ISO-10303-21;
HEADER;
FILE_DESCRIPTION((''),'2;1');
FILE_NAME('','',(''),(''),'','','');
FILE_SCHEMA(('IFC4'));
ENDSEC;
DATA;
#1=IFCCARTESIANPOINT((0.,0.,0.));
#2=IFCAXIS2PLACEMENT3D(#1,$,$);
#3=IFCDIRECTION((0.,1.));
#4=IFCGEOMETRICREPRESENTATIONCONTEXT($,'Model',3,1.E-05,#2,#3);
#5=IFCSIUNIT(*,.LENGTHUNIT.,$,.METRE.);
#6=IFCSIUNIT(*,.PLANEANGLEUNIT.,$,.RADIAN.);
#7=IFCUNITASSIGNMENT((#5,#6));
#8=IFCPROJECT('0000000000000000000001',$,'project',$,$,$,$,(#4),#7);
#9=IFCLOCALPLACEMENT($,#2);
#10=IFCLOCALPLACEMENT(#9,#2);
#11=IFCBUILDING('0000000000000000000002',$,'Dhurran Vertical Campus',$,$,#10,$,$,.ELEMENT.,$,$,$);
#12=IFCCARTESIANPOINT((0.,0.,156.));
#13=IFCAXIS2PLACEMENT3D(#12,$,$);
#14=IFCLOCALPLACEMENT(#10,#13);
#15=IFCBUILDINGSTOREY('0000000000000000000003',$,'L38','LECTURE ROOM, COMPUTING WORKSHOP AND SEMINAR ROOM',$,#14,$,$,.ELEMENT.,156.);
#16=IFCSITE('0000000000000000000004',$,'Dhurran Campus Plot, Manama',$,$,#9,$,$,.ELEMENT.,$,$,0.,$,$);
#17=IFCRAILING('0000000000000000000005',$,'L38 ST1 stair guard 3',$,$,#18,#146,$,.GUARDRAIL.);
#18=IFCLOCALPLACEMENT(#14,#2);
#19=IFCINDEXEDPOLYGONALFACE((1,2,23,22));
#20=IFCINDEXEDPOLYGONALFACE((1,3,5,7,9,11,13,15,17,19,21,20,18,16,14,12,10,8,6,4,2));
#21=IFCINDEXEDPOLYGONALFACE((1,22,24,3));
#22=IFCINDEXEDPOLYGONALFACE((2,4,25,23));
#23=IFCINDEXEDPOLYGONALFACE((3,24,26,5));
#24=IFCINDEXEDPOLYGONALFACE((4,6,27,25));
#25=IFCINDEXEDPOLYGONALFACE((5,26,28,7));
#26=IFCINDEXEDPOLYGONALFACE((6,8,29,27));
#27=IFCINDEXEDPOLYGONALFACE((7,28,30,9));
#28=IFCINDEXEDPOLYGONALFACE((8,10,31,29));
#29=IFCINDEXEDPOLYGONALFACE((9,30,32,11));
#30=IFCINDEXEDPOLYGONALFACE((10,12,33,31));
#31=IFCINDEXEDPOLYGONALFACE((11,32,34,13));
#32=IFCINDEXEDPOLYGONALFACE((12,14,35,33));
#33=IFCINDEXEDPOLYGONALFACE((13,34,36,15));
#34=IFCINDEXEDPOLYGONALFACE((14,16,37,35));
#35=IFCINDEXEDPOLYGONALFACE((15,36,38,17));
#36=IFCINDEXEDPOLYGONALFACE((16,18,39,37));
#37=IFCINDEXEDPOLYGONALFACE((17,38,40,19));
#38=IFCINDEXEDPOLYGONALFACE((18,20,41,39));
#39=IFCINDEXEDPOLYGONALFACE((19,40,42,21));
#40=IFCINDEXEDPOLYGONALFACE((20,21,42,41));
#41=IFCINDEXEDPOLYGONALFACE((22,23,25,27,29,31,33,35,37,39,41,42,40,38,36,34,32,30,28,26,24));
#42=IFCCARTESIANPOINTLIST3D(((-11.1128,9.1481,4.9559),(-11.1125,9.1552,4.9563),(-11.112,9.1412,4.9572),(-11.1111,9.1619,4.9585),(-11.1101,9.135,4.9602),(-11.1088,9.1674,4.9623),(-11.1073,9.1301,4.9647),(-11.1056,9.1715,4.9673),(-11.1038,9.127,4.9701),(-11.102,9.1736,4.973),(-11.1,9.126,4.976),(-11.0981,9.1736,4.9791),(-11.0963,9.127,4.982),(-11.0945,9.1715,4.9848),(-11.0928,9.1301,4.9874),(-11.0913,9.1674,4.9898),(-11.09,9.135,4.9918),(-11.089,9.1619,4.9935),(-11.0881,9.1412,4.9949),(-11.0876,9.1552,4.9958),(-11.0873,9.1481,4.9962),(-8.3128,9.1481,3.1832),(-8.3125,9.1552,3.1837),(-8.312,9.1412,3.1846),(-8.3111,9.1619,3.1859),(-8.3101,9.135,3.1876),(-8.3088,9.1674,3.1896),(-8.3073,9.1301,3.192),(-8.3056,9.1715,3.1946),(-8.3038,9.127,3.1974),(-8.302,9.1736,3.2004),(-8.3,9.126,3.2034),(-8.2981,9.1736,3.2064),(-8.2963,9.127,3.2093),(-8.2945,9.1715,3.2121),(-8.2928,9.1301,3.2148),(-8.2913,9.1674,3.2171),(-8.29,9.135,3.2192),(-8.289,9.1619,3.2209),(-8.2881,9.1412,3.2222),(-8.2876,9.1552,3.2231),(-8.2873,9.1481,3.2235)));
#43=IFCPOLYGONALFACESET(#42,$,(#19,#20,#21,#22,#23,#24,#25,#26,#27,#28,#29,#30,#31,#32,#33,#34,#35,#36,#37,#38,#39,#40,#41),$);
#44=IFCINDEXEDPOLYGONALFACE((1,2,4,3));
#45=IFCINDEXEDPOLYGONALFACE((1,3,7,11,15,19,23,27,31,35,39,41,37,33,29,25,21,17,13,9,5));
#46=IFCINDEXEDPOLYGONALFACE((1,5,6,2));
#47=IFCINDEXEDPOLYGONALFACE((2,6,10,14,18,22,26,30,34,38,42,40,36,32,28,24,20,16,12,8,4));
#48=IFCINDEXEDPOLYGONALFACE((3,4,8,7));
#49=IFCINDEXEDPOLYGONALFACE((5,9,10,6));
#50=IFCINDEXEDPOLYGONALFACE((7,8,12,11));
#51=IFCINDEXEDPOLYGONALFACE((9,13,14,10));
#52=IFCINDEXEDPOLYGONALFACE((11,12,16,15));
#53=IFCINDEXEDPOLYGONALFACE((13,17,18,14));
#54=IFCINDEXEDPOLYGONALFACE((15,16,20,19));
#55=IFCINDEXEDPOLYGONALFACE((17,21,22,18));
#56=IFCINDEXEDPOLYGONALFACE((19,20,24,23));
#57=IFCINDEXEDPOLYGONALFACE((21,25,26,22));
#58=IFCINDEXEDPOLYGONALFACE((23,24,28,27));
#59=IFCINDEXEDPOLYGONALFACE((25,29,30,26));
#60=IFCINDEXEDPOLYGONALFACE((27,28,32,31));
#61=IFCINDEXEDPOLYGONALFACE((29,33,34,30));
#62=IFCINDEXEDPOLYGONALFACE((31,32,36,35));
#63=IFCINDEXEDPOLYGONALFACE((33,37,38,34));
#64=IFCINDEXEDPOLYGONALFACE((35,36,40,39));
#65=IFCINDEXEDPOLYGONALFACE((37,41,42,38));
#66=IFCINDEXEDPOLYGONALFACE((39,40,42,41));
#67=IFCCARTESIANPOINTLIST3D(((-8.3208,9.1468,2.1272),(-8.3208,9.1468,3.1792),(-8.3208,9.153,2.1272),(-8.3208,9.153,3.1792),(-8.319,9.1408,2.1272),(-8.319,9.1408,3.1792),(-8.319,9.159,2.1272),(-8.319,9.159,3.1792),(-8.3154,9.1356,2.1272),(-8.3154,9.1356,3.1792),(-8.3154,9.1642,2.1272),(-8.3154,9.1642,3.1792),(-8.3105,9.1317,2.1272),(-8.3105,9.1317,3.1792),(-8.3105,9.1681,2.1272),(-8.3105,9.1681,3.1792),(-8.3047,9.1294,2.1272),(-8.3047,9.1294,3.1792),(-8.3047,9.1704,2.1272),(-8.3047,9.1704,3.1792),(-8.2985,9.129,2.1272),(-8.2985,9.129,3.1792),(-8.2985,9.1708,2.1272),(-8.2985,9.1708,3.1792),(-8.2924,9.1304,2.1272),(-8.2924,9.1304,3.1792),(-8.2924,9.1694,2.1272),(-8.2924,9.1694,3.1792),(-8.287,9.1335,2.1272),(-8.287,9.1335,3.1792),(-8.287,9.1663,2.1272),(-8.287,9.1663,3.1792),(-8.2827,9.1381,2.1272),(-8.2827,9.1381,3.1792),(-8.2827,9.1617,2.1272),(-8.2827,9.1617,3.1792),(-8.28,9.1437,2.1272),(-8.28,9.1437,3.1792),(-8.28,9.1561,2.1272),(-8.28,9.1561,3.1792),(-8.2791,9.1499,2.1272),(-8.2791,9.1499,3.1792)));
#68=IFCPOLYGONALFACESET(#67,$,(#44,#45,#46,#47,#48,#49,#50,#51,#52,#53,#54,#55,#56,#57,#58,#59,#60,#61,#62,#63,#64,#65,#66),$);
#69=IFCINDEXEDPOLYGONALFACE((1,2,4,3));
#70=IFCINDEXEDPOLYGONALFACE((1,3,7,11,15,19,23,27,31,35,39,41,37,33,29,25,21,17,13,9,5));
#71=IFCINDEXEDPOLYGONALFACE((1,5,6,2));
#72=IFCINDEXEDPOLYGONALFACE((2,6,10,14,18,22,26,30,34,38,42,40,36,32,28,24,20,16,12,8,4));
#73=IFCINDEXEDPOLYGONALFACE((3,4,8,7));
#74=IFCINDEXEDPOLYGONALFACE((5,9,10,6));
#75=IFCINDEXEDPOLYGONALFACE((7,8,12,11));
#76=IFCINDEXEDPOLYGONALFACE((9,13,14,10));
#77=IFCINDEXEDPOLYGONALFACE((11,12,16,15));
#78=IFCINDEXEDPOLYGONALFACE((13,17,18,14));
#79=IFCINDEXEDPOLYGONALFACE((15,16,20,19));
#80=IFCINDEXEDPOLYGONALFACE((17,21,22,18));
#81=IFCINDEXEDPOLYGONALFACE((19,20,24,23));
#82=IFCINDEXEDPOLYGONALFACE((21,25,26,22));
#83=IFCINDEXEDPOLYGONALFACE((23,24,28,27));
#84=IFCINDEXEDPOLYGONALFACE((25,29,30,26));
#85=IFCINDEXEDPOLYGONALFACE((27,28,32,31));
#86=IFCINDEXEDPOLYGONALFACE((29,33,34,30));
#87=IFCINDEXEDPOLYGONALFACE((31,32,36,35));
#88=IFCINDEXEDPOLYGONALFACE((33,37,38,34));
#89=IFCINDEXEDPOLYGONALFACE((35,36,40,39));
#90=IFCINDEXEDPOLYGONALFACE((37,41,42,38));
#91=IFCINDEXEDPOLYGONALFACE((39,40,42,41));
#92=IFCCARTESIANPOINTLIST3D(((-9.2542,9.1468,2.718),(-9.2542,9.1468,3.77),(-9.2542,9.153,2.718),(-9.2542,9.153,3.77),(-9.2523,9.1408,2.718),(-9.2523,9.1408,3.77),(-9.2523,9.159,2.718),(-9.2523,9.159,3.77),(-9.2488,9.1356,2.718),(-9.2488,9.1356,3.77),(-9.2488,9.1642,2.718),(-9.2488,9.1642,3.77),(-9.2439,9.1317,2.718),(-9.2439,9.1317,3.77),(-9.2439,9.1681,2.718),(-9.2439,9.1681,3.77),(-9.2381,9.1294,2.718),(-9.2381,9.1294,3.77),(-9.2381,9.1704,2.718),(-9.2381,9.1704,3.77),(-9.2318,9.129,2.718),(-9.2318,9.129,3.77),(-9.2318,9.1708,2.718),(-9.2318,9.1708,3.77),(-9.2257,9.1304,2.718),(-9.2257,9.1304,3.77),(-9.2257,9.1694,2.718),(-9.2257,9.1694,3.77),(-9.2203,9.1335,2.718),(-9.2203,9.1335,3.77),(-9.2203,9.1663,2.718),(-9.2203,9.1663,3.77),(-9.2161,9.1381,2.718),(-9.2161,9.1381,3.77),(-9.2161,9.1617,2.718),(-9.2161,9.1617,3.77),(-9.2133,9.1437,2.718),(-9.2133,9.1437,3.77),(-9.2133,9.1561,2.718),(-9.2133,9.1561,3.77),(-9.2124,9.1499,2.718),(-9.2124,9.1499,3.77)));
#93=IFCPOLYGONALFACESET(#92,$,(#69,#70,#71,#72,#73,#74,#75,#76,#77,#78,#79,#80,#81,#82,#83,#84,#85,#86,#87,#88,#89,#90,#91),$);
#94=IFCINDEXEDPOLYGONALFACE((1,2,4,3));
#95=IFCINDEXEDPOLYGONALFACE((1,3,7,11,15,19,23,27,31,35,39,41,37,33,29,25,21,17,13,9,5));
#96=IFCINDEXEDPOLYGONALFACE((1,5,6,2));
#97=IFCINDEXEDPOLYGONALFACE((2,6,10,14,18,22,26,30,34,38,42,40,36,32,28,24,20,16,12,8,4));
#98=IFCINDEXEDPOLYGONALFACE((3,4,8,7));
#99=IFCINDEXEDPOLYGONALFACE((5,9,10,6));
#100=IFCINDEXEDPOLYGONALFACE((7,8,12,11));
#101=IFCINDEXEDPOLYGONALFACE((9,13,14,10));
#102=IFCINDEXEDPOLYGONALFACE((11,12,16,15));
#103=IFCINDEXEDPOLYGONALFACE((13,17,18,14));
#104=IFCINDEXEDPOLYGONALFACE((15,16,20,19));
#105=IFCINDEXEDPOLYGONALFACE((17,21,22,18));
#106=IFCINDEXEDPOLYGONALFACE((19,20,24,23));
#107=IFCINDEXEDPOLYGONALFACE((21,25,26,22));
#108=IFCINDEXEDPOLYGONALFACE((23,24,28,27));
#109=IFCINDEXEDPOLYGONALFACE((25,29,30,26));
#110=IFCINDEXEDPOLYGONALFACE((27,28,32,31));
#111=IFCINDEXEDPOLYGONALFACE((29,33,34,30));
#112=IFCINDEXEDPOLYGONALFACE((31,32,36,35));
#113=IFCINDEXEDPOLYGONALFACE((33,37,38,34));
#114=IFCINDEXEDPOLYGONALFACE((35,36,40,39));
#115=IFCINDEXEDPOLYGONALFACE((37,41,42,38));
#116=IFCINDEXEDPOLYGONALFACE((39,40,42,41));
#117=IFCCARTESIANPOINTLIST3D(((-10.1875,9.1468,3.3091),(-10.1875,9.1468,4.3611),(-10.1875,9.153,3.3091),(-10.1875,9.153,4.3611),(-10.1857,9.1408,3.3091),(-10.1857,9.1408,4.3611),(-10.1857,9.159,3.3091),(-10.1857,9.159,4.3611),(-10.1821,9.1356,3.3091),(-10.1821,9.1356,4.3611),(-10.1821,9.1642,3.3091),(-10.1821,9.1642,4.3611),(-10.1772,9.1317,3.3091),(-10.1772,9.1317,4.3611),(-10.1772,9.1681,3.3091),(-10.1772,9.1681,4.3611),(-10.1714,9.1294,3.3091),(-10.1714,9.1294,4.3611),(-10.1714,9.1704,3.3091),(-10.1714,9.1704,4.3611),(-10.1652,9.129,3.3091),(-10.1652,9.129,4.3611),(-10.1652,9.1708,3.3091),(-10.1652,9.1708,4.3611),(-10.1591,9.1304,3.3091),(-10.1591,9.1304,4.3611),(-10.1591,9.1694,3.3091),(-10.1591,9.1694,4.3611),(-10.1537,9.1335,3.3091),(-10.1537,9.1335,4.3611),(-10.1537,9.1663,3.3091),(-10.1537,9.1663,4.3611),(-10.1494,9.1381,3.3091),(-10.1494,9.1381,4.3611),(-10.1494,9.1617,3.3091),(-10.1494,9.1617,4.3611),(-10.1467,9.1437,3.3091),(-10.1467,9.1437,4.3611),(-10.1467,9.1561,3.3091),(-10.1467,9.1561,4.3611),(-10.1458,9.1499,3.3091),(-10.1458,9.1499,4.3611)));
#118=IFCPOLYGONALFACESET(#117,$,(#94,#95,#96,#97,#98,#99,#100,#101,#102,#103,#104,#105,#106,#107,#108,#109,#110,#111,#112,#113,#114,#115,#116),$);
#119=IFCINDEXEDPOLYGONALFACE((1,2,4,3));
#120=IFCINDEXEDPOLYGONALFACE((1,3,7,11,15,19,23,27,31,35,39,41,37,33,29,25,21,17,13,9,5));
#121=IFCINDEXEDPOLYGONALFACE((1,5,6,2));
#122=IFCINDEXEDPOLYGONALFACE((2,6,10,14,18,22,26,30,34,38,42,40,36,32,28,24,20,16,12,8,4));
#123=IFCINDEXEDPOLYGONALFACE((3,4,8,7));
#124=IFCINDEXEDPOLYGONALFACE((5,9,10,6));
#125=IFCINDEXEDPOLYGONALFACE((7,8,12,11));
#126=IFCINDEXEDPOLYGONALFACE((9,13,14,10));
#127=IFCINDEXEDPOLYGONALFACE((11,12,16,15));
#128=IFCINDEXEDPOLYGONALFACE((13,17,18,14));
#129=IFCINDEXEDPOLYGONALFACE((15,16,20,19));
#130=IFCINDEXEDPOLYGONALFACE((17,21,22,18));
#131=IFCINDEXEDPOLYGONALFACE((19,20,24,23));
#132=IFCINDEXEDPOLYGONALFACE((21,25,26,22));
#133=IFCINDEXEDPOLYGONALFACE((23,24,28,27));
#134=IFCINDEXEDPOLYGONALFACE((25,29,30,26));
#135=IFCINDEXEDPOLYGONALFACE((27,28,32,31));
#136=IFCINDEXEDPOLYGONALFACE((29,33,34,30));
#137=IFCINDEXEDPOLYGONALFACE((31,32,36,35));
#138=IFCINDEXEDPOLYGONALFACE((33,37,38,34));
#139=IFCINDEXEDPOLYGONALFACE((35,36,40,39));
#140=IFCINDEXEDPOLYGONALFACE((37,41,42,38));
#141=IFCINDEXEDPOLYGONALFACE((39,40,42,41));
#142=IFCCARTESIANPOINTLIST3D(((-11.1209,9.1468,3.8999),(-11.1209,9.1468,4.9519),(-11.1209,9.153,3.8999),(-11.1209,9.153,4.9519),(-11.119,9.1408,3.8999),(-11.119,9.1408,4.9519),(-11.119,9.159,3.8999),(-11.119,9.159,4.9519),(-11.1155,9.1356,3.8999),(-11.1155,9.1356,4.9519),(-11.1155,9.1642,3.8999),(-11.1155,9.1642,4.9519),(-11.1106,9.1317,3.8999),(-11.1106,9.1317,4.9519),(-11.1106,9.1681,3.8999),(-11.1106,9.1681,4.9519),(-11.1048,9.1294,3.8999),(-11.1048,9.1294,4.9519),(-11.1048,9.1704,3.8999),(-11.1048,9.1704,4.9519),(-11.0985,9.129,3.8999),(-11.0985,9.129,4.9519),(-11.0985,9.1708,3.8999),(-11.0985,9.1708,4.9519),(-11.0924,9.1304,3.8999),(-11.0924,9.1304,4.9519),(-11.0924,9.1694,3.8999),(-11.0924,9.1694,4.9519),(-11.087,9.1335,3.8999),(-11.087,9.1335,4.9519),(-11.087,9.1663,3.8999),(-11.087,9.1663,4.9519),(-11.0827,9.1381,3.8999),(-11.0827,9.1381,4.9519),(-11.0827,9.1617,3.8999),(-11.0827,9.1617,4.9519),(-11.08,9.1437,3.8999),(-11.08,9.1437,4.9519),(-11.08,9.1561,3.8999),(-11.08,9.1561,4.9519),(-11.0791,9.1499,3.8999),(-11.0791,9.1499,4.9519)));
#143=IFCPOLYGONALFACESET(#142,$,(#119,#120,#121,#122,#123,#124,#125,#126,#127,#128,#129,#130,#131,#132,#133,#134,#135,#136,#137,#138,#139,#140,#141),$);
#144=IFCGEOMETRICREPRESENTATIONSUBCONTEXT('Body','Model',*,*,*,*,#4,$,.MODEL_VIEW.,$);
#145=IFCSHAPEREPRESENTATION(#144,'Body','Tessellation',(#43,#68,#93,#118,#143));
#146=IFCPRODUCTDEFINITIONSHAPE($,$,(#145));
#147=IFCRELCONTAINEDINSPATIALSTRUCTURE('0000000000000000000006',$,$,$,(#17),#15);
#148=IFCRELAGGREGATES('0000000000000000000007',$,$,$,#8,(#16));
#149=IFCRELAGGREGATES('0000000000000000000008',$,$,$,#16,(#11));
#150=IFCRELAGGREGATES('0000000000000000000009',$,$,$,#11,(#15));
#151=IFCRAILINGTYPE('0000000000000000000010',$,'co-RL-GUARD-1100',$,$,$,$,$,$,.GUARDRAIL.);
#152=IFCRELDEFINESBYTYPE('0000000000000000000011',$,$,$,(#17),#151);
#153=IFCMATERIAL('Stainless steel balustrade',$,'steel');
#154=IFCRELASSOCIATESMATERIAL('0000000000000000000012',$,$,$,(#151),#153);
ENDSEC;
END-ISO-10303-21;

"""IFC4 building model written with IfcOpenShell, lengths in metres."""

from ifc_helpers import new_model, si_unit, direction, frame, origin, origin_2d, place, context, subcontext, project, spatial, circle, extrude, material, type_object, element, save


model = new_model("IFC4")

# Units and contexts
model_context = context("Model", 3, precision=1e-05, world=origin(), true_north=direction((0.0, 1.0)))
body_context = subcontext(model_context, "Body", "Model", "MODEL_VIEW")
ifc_project = project(units=[si_unit("LENGTHUNIT", "METRE"), si_unit("PLANEANGLEUNIT", "RADIAN")], contexts=[model_context])

# Site, building, storey
site_placement = place(None, origin())
site = spatial("IfcSite", under=ifc_project, at=site_placement, Name="Dhurran Campus Plot, Manama", CompositionType="ELEMENT", RefElevation=0.0)
building_placement = place(site_placement, origin())
building = spatial("IfcBuilding", under=site, at=building_placement, Name="Dhurran Vertical Campus", CompositionType="ELEMENT")
storey_placement = place(building_placement, frame((0.0, 0.0, 156.0)))
storey = spatial("IfcBuildingStorey", under=building, at=storey_placement, Name="L38", Description="LECTURE ROOM, COMPUTING WORKSHOP AND SEMINAR ROOM", CompositionType="ELEMENT", Elevation=156.0)

# Railing
ifc_material_1 = material(Name="Stainless steel balustrade", Category="steel")
railing_type_1 = type_object("IfcRailingType", Name="co-RL-GUARD-1100", PredefinedType="GUARDRAIL", material=ifc_material_1)
railing_1_placement = place(storey_placement, frame((-8.3, 9.1499, 2.1272)))
element("IfcRailing", 1, at=railing_1_placement, inside=storey, type_object=railing_type_1, Name="L38 ST1 stair guard 3", PredefinedType="GUARDRAIL", context=body_context, shape_type="SweptSolid", body=[
    extrude(circle(Radius=0.0239, at=origin_2d()), frame((0.0, 0.0, 1.0762), z_axis=(-0.844909, 0.0, 0.53491), x_axis=(0.0, -1.0, 0.0)), (0.0, 0.0, 1.0), 3.314),
    extrude(circle(Radius=0.021, at=origin_2d()), origin(), (0.0, 0.0, 1.0), 1.052),
    extrude(circle(Radius=0.021, at=origin_2d()), frame((-0.9333, 0.0, 0.5908)), (0.0, 0.0, 1.0), 1.052),
    extrude(circle(Radius=0.021, at=origin_2d()), frame((-1.8667, 0.0, 1.1819)), (0.0, 0.0, 1.0), 1.052),
    extrude(circle(Radius=0.021, at=origin_2d()), frame((-2.8, 0.0, 1.7727)), (0.0, 0.0, 1.0), 1.052),
])

save(model, "model.ifc")
